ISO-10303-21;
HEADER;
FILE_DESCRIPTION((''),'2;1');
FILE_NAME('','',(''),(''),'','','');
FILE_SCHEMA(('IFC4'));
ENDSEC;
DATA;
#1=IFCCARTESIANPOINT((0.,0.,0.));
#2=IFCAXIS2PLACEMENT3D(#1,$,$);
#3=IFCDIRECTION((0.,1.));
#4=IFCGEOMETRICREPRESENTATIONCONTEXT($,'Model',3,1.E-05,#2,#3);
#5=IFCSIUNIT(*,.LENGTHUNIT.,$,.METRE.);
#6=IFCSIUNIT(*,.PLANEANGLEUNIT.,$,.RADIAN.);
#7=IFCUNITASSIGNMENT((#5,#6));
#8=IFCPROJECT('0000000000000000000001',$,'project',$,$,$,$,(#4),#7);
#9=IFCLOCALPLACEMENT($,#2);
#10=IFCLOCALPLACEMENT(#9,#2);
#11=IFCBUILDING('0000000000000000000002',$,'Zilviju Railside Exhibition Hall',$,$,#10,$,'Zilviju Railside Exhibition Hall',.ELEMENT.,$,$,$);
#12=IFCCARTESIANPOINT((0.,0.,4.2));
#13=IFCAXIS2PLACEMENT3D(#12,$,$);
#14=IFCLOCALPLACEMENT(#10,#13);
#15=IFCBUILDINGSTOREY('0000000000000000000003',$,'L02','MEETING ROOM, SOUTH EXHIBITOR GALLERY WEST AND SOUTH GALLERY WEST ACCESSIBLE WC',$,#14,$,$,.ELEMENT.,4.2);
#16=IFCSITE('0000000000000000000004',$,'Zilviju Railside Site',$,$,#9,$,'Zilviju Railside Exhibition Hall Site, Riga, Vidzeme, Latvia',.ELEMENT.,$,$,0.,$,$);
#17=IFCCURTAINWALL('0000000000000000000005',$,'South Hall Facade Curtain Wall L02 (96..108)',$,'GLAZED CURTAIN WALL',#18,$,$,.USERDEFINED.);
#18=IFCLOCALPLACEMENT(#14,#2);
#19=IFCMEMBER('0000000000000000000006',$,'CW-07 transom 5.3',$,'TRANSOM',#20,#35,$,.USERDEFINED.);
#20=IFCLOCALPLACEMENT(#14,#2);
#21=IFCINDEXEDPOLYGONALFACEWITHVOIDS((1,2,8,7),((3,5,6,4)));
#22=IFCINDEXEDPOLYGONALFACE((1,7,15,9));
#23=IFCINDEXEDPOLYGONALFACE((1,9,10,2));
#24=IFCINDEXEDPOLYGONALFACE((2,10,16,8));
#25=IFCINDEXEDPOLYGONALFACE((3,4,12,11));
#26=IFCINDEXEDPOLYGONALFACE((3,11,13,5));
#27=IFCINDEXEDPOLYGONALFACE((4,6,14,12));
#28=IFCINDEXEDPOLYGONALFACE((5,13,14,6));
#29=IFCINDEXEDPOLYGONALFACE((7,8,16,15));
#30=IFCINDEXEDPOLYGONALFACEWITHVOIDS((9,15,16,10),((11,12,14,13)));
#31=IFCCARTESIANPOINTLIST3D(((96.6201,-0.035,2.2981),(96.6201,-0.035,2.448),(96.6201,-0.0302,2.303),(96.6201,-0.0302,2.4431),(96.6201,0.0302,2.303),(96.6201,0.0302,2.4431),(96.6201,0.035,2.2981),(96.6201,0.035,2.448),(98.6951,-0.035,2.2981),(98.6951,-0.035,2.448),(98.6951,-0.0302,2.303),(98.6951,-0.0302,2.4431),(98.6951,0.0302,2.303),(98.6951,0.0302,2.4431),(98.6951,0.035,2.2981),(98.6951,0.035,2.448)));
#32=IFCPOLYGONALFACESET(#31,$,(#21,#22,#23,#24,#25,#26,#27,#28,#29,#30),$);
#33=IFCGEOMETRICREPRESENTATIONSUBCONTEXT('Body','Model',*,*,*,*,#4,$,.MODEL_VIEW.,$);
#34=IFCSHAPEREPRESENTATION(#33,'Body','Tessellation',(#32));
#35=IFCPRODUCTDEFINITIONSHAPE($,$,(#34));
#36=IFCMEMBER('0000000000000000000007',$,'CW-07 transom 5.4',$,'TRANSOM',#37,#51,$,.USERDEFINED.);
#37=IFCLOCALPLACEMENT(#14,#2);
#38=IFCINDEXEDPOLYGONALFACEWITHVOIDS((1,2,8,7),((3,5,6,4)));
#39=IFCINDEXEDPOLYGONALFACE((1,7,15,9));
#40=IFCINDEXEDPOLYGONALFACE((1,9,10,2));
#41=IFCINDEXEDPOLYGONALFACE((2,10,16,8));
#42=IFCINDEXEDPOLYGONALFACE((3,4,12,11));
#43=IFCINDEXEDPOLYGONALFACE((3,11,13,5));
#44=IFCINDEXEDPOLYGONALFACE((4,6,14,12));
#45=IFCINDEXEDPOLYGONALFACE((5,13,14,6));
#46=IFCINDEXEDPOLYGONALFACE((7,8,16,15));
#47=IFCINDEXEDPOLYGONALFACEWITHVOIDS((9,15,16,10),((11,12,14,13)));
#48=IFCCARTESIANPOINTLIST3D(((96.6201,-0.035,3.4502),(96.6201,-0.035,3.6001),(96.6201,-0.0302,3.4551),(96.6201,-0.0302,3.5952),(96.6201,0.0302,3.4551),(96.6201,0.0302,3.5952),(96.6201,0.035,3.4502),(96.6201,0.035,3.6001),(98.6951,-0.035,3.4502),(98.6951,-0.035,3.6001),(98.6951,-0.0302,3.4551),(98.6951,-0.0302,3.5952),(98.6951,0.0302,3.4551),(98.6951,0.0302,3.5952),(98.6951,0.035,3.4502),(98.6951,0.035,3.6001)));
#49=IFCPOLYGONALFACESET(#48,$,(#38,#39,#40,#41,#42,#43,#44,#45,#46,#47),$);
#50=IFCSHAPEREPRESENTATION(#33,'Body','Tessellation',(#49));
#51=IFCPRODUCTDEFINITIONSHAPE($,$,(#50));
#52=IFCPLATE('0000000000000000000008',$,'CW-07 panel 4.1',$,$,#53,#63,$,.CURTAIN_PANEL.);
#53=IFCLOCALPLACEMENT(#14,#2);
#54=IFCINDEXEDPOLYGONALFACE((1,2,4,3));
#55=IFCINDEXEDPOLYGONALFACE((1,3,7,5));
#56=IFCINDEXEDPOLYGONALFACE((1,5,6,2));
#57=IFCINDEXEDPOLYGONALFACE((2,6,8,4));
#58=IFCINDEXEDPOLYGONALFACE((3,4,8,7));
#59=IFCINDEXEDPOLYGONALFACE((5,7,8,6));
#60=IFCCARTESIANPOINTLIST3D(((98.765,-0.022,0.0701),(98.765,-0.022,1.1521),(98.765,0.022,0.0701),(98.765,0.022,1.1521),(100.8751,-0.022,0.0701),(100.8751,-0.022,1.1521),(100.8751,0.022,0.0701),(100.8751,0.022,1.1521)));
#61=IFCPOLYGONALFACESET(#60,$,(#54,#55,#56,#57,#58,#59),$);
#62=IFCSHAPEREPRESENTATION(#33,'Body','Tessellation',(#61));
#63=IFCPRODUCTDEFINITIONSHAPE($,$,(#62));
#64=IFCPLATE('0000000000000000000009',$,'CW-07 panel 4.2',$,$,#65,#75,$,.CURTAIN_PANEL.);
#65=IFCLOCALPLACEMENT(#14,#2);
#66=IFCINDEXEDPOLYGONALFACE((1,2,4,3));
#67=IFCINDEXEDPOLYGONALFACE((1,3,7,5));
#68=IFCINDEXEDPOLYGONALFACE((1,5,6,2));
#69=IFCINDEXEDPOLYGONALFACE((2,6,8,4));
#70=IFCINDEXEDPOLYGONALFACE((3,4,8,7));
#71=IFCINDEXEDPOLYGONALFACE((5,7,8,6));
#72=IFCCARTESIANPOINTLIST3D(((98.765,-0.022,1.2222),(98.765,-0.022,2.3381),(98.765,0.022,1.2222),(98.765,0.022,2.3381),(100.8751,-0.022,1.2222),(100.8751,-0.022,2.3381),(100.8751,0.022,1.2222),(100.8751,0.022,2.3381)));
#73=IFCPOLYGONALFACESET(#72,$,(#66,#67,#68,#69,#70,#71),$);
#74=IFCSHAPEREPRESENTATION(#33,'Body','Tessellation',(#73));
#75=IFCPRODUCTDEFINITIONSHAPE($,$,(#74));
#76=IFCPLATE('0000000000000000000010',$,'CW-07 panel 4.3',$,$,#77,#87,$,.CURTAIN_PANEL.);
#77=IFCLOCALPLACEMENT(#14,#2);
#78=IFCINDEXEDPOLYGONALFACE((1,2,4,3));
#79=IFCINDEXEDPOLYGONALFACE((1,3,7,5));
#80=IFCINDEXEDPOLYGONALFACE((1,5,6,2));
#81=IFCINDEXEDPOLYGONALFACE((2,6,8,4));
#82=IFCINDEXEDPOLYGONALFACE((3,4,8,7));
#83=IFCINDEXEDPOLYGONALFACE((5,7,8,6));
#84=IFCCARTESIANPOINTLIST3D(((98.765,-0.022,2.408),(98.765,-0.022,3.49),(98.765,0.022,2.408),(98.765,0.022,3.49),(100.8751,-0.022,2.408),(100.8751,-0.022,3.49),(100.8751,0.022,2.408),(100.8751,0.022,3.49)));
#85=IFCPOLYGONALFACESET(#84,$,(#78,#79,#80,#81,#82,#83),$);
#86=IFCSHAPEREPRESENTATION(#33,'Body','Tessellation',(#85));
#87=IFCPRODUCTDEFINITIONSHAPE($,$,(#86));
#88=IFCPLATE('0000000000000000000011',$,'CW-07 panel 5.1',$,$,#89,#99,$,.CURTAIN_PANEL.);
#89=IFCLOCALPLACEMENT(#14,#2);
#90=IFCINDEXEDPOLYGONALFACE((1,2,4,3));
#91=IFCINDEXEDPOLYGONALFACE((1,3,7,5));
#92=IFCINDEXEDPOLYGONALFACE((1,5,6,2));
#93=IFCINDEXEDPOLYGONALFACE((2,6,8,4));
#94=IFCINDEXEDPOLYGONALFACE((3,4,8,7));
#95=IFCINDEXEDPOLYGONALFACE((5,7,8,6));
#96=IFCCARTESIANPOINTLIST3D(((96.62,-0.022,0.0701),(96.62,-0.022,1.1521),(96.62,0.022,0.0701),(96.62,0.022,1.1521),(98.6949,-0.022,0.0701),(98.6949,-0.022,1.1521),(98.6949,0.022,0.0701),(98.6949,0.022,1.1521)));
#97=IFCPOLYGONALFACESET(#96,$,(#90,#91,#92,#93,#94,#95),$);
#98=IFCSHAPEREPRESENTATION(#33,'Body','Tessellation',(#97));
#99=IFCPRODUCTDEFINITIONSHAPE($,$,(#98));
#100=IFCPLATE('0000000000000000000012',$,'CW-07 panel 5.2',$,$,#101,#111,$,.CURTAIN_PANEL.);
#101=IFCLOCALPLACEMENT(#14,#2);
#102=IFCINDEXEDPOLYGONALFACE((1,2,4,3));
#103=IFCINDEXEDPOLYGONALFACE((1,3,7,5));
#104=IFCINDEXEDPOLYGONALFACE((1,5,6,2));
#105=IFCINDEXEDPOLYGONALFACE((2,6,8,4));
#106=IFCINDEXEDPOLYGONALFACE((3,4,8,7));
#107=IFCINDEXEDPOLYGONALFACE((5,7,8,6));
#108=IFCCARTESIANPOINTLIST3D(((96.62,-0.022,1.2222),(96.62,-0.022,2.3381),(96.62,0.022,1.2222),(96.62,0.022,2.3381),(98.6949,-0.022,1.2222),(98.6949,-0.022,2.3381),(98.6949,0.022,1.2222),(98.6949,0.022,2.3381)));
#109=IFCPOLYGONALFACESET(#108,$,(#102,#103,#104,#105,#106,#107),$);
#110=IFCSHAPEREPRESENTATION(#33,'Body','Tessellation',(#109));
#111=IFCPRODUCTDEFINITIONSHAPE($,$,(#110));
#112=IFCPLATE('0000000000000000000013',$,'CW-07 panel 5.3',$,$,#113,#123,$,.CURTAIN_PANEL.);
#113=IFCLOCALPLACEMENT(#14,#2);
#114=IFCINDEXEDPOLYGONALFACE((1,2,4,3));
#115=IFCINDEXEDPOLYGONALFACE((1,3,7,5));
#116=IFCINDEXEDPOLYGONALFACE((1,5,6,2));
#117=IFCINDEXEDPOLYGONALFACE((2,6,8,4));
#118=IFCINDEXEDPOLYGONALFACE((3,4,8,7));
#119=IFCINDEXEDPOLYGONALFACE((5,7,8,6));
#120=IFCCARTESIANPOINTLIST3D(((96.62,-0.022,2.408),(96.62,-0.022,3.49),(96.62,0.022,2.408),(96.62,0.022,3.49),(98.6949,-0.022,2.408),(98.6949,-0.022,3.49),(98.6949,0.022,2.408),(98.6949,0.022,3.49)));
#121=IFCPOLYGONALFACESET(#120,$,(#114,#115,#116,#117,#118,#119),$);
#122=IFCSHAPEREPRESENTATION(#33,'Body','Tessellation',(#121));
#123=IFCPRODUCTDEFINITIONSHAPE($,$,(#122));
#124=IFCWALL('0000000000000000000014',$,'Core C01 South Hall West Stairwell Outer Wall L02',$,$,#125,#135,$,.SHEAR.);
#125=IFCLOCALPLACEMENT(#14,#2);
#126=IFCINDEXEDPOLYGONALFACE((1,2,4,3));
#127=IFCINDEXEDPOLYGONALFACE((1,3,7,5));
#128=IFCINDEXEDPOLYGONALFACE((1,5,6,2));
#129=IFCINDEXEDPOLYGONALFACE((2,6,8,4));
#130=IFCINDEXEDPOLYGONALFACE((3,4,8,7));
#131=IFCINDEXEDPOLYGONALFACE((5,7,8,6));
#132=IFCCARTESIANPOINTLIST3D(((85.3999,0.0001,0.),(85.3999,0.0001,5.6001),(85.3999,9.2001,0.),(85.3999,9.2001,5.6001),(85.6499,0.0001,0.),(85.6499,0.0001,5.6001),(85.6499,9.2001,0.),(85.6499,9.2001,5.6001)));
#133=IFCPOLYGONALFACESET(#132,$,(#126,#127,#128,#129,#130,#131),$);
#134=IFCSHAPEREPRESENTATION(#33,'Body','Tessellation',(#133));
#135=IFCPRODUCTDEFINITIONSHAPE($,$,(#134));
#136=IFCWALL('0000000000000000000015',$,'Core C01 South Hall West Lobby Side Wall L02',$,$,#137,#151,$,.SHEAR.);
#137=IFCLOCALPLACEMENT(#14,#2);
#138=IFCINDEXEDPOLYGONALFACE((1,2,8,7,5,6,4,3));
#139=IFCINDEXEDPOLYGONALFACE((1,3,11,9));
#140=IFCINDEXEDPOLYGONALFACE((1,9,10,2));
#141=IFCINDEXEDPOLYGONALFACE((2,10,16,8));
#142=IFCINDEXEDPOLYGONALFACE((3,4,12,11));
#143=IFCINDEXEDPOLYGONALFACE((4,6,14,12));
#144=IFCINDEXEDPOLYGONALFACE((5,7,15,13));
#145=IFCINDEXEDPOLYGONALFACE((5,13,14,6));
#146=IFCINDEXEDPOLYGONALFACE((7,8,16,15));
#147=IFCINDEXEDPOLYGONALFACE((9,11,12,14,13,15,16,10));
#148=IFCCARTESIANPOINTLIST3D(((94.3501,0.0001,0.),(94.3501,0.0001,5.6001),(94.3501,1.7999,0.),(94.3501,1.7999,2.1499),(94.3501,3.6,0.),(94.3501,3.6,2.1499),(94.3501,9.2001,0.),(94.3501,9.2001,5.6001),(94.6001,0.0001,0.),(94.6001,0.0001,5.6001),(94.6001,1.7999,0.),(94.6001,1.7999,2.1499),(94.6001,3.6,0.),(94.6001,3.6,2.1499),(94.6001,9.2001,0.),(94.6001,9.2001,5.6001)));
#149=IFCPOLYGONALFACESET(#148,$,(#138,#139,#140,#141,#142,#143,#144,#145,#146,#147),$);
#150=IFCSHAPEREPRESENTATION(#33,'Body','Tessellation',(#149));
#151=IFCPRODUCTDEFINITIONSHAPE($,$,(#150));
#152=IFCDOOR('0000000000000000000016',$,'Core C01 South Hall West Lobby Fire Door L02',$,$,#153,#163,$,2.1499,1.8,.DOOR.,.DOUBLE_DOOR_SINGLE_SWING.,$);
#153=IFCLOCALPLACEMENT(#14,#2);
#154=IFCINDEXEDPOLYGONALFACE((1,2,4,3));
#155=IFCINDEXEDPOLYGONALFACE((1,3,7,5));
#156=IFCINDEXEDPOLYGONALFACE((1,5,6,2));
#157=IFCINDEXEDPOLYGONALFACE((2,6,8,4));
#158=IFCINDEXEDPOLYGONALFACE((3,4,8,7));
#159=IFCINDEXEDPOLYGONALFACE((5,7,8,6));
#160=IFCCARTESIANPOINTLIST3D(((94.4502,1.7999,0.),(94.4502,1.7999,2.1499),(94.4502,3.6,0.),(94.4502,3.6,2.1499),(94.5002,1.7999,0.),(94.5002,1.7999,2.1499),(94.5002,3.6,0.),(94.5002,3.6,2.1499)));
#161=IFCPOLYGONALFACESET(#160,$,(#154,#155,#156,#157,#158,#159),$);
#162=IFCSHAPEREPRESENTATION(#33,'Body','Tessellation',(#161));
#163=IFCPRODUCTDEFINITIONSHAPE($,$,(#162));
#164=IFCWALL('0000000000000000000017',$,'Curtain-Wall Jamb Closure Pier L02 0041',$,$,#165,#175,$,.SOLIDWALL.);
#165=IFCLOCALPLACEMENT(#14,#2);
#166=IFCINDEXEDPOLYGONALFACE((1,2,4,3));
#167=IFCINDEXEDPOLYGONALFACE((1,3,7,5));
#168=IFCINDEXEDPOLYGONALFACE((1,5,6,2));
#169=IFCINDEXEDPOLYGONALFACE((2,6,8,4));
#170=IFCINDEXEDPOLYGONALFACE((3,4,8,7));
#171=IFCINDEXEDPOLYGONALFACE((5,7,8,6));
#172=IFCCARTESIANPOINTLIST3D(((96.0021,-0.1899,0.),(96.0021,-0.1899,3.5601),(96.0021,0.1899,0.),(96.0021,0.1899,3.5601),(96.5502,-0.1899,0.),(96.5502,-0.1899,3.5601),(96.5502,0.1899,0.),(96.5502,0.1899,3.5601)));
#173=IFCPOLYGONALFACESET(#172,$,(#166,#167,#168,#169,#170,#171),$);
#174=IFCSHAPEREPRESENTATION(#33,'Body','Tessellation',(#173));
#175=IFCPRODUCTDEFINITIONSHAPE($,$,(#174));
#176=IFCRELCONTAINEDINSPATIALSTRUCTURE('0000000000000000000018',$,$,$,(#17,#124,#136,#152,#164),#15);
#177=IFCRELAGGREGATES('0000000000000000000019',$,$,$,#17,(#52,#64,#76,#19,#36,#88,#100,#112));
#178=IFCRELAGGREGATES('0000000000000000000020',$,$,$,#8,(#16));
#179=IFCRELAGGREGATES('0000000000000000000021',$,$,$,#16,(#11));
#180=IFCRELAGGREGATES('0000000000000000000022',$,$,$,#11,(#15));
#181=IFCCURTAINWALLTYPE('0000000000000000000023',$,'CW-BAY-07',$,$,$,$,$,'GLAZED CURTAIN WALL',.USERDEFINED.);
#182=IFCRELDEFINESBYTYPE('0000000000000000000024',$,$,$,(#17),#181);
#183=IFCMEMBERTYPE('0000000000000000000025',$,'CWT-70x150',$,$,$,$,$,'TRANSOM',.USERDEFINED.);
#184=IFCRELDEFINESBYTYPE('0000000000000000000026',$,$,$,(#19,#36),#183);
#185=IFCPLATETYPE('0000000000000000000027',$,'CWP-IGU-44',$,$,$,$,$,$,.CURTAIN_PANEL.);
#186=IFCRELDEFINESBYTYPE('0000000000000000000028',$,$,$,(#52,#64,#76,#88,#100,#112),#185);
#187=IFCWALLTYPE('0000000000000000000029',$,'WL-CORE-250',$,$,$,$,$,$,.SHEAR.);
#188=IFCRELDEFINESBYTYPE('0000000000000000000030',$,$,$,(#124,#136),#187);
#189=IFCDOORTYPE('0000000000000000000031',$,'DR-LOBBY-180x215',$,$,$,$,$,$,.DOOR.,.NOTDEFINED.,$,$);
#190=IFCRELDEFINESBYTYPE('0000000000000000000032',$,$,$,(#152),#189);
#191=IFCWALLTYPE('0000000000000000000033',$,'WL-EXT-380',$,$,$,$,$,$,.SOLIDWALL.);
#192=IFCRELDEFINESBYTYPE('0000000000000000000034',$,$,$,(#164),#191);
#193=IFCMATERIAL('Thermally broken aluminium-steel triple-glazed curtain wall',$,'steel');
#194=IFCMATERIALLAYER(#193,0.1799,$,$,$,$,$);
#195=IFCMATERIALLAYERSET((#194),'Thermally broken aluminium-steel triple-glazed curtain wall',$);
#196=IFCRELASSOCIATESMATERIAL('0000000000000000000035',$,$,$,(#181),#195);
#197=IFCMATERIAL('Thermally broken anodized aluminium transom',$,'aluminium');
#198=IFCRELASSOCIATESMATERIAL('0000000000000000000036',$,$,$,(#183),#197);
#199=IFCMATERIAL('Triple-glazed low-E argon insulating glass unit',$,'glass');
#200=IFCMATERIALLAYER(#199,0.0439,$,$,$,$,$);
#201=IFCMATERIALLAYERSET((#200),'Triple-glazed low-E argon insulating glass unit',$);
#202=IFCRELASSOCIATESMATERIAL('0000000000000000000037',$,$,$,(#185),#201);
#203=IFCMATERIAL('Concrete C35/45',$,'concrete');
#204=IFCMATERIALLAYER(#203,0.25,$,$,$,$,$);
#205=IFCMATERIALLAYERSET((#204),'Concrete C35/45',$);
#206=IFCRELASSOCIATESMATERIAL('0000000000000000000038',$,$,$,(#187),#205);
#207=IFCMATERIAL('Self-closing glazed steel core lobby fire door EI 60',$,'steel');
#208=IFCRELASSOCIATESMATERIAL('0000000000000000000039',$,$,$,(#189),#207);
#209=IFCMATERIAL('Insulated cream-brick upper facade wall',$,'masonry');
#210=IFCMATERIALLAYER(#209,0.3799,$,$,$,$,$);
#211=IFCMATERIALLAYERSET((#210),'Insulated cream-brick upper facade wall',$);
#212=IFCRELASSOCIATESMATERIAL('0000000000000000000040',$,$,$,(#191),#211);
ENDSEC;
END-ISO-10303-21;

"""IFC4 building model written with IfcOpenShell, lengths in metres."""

from ifc_helpers import new_model, si_unit, direction, frame, frame_2d, origin, origin_2d, place, context, subcontext, project, spatial, rectangle, hollow_rectangle, extrude, material, layer, layer_set, material_profile, profile_set, type_object, element, fill, aggregate, save


model = new_model("IFC4")

# Units and contexts
model_context = context("Model", 3, precision=1e-05, world=origin(), true_north=direction((0.0, 1.0)))
body_context = subcontext(model_context, "Body", "Model", "MODEL_VIEW")
ifc_project = project(units=[si_unit("LENGTHUNIT", "METRE"), si_unit("PLANEANGLEUNIT", "RADIAN")], contexts=[model_context])

# Site, building, storey
site_placement = place(None, origin())
site = spatial("IfcSite", under=ifc_project, at=site_placement, Name="Zilviju Railside Site", LongName="Zilviju Railside Exhibition Hall Site, Riga, Vidzeme, Latvia", CompositionType="ELEMENT", RefElevation=0.0)
building_placement = place(site_placement, origin())
building = spatial("IfcBuilding", under=site, at=building_placement, Name="Zilviju Railside Exhibition Hall", LongName="Zilviju Railside Exhibition Hall", CompositionType="ELEMENT")
storey_placement = place(building_placement, frame((0.0, 0.0, 4.2)))
storey = spatial("IfcBuildingStorey", under=building, at=storey_placement, Name="L02", Description="MEETING ROOM, SOUTH EXHIBITOR GALLERY WEST AND SOUTH GALLERY WEST ACCESSIBLE WC", CompositionType="ELEMENT", Elevation=4.2)

# Curtain wall, members, plates
ifc_material_1 = material(Name="Thermally broken aluminium-steel triple-glazed curtain wall", Category="steel")
ifc_layer_1 = layer(ifc_material_1, 0.1799)
ifc_layer_set_1 = layer_set([ifc_layer_1], Name="Thermally broken aluminium-steel triple-glazed curtain wall")
curtain_wall_type = type_object("IfcCurtainWallType", Name="CW-BAY-07", ElementType="GLAZED CURTAIN WALL", PredefinedType="USERDEFINED", material=ifc_layer_set_1)
curtain_wall_placement = place(storey_placement, origin())
curtain_wall = element("IfcCurtainWall", 1, at=curtain_wall_placement, inside=storey, type_object=curtain_wall_type, Name="South Hall Facade Curtain Wall L02 (96..108)", ObjectType="GLAZED CURTAIN WALL", PredefinedType="USERDEFINED")
ifc_material_2 = material(Name="Thermally broken anodized aluminium transom", Category="aluminium")
ifc_material_profile_1 = material_profile(ifc_material_2, hollow_rectangle(XDim=0.0701, YDim=0.1499, WallThickness=0.0049, at=origin_2d()), Name="TRANSOM 150x70x5")
ifc_profile_set_1 = profile_set([ifc_material_profile_1], Name="Thermally broken anodized aluminium transom")
member_type_1 = type_object("IfcMemberType", Name="CWT-70x150", ElementType="TRANSOM", PredefinedType="USERDEFINED", material=ifc_profile_set_1)
member_1_placement = place(storey_placement, frame((98.6951, 0.0, 2.373), z_axis=(-1.0, 0.0, 0.0), x_axis=(0.0, -1.0, 0.0)))
member_1 = element("IfcMember", 2, at=member_1_placement, type_object=member_type_1, Name="CW-07 transom 5.3", ObjectType="TRANSOM", PredefinedType="USERDEFINED", context=body_context, shape_type="SweptSolid", body=[
    extrude(hollow_rectangle(XDim=0.0701, YDim=0.1499, WallThickness=0.0049, at=origin_2d()), origin(), (0.0, 0.0, 1.0), 2.075),
])
member_2_placement = place(storey_placement, frame((98.6951, 0.0, 3.5251), z_axis=(-1.0, 0.0, 0.0), x_axis=(0.0, -1.0, 0.0)))
member_2 = element("IfcMember", 3, at=member_2_placement, type_object=member_type_1, Name="CW-07 transom 5.4", ObjectType="TRANSOM", PredefinedType="USERDEFINED", context=body_context, shape_type="SweptSolid", body=[
    extrude(hollow_rectangle(XDim=0.0701, YDim=0.1499, WallThickness=0.0049, at=origin_2d()), origin(), (0.0, 0.0, 1.0), 2.075),
])
ifc_material_3 = material(Name="Triple-glazed low-E argon insulating glass unit", Category="glass")
ifc_layer_2 = layer(ifc_material_3, 0.0439)
ifc_layer_set_2 = layer_set([ifc_layer_2], Name="Triple-glazed low-E argon insulating glass unit")
plate_type = type_object("IfcPlateType", Name="CWP-IGU-44", PredefinedType="CURTAIN_PANEL", material=ifc_layer_set_2)
plate_1_placement = place(storey_placement, frame((99.8201, 0.0, 0.0701), z_axis=(0.0, 0.0, 1.0), x_axis=(-1.0, 0.0, 0.0)))
plate_1 = element("IfcPlate", 4, at=plate_1_placement, type_object=plate_type, Name="CW-07 panel 4.1", PredefinedType="CURTAIN_PANEL", context=body_context, shape_type="SweptSolid", body=[
    extrude(rectangle(XDim=2.1101, YDim=0.0439, at=origin_2d()), origin(), (0.0, 0.0, 1.0), 1.082),
])
plate_2_placement = place(storey_placement, frame((99.8201, 0.0, 1.2222), z_axis=(0.0, 0.0, 1.0), x_axis=(-1.0, 0.0, 0.0)))
plate_2 = element("IfcPlate", 5, at=plate_2_placement, type_object=plate_type, Name="CW-07 panel 4.2", PredefinedType="CURTAIN_PANEL", context=body_context, shape_type="SweptSolid", body=[
    extrude(rectangle(XDim=2.1101, YDim=0.0439, at=origin_2d()), origin(), (0.0, 0.0, 1.0), 1.116),
])
plate_3_placement = place(storey_placement, frame((99.8201, 0.0, 2.408), z_axis=(0.0, 0.0, 1.0), x_axis=(-1.0, 0.0, 0.0)))
plate_3 = element("IfcPlate", 6, at=plate_3_placement, type_object=plate_type, Name="CW-07 panel 4.3", PredefinedType="CURTAIN_PANEL", context=body_context, shape_type="SweptSolid", body=[
    extrude(rectangle(XDim=2.1101, YDim=0.0439, at=origin_2d()), origin(), (0.0, 0.0, 1.0), 1.082),
])
plate_4_placement = place(storey_placement, frame((97.6575, 0.0, 0.0701), z_axis=(0.0, 0.0, 1.0), x_axis=(-1.0, 0.0, 0.0)))
plate_4 = element("IfcPlate", 7, at=plate_4_placement, type_object=plate_type, Name="CW-07 panel 5.1", PredefinedType="CURTAIN_PANEL", context=body_context, shape_type="SweptSolid", body=[
    extrude(rectangle(XDim=2.075, YDim=0.0439, at=origin_2d()), origin(), (0.0, 0.0, 1.0), 1.082),
])
plate_5_placement = place(storey_placement, frame((97.6575, 0.0, 1.2222), z_axis=(0.0, 0.0, 1.0), x_axis=(-1.0, 0.0, 0.0)))
plate_5 = element("IfcPlate", 8, at=plate_5_placement, type_object=plate_type, Name="CW-07 panel 5.2", PredefinedType="CURTAIN_PANEL", context=body_context, shape_type="SweptSolid", body=[
    extrude(rectangle(XDim=2.075, YDim=0.0439, at=origin_2d()), origin(), (0.0, 0.0, 1.0), 1.116),
])
plate_6_placement = place(storey_placement, frame((97.6575, 0.0, 2.408), z_axis=(0.0, 0.0, 1.0), x_axis=(-1.0, 0.0, 0.0)))
plate_6 = element("IfcPlate", 9, at=plate_6_placement, type_object=plate_type, Name="CW-07 panel 5.3", PredefinedType="CURTAIN_PANEL", context=body_context, shape_type="SweptSolid", body=[
    extrude(rectangle(XDim=2.075, YDim=0.0439, at=origin_2d()), origin(), (0.0, 0.0, 1.0), 1.082),
])
aggregate(curtain_wall, [plate_1, plate_2, plate_3, member_1, member_2, plate_4, plate_5, plate_6])

# Wall
ifc_material_4 = material(Name="Concrete C35/45", Category="concrete")
ifc_layer_3 = layer(ifc_material_4, 0.25)
ifc_layer_set_3 = layer_set([ifc_layer_3], Name="Concrete C35/45")
wall_type_1 = type_object("IfcWallType", Name="WL-CORE-250", PredefinedType="SHEAR", material=ifc_layer_set_3)
wall_1_placement = place(storey_placement, frame((85.5249, 0.0, 0.0), z_axis=(0.0, 0.0, 1.0), x_axis=(0.0, 1.0, 0.0)))
element("IfcWall", 10, at=wall_1_placement, inside=storey, type_object=wall_type_1, Name="Core C01 South Hall West Stairwell Outer Wall L02", PredefinedType="SHEAR", context=body_context, shape_type="SweptSolid", body=[
    extrude(rectangle(XDim=9.2, YDim=0.25, at=frame_2d((4.6001, 0.0))), origin(), (0.0, 0.0, 1.0), 5.6001),
])

# Wall, opening, door
wall_2_placement = place(storey_placement, frame((94.4751, 0.0, 0.0), z_axis=(0.0, 0.0, 1.0), x_axis=(0.0, 1.0, 0.0)))
wall_2 = element("IfcWall", 11, at=wall_2_placement, inside=storey, type_object=wall_type_1, Name="Core C01 South Hall West Lobby Side Wall L02", PredefinedType="SHEAR", context=body_context, shape_type="SweptSolid", body=[
    extrude(rectangle(XDim=9.2, YDim=0.25, at=frame_2d((4.6001, 0.0))), origin(), (0.0, 0.0, 1.0), 5.6001),
])
opening_placement = place(wall_2_placement, frame((1.8, 0.0, 0.0)))
opening = element("IfcOpeningElement", 12, at=opening_placement, cuts=wall_2, PredefinedType="OPENING", context=body_context, shape_type="SweptSolid", body=[
    extrude(rectangle(XDim=1.8, YDim=2.1499, at=frame_2d((0.8999, 1.075))), frame((0.0, 0.135, 0.0), z_axis=(0.0, -1.0, 0.0), x_axis=(1.0, 0.0, 0.0)), (0.0, 0.0, 1.0), 0.27),
])
ifc_material_5 = material(Name="Self-closing glazed steel core lobby fire door EI 60", Category="steel")
door_type = type_object("IfcDoorType", Name="DR-LOBBY-180x215", OperationType="NOTDEFINED", PredefinedType="DOOR", material=ifc_material_5)
door_placement = place(opening_placement, origin())
door = element("IfcDoor", 13, at=door_placement, inside=storey, type_object=door_type, Name="Core C01 South Hall West Lobby Fire Door L02", OperationType="DOUBLE_DOOR_SINGLE_SWING", OverallHeight=2.1499, OverallWidth=1.8, PredefinedType="DOOR", context=body_context, shape_type="SweptSolid", body=[
    extrude(rectangle(XDim=1.8, YDim=2.1499, at=frame_2d((0.8999, 1.075))), frame((0.0, 0.0249, 0.0), z_axis=(0.0, -1.0, 0.0), x_axis=(1.0, 0.0, 0.0)), (0.0, 0.0, 1.0), 0.05),
])
fill(opening, door)

# Wall
ifc_material_6 = material(Name="Insulated cream-brick upper facade wall", Category="masonry")
ifc_layer_4 = layer(ifc_material_6, 0.3799)
ifc_layer_set_4 = layer_set([ifc_layer_4], Name="Insulated cream-brick upper facade wall")
wall_type_2 = type_object("IfcWallType", Name="WL-EXT-380", PredefinedType="SOLIDWALL", material=ifc_layer_set_4)
wall_3_placement = place(storey_placement, frame((96.55, 0.0, 0.0), z_axis=(0.0, 0.0, 1.0), x_axis=(-1.0, 0.0, 0.0)))
element("IfcWall", 14, at=wall_3_placement, inside=storey, type_object=wall_type_2, Name="Curtain-Wall Jamb Closure Pier L02 0041", PredefinedType="SOLIDWALL", context=body_context, shape_type="SweptSolid", body=[
    extrude(rectangle(XDim=0.5481, YDim=0.3799, at=frame_2d((0.2739, 0.0))), origin(), (0.0, 0.0, 1.0), 3.5601),
])

save(model, "model.ifc")
